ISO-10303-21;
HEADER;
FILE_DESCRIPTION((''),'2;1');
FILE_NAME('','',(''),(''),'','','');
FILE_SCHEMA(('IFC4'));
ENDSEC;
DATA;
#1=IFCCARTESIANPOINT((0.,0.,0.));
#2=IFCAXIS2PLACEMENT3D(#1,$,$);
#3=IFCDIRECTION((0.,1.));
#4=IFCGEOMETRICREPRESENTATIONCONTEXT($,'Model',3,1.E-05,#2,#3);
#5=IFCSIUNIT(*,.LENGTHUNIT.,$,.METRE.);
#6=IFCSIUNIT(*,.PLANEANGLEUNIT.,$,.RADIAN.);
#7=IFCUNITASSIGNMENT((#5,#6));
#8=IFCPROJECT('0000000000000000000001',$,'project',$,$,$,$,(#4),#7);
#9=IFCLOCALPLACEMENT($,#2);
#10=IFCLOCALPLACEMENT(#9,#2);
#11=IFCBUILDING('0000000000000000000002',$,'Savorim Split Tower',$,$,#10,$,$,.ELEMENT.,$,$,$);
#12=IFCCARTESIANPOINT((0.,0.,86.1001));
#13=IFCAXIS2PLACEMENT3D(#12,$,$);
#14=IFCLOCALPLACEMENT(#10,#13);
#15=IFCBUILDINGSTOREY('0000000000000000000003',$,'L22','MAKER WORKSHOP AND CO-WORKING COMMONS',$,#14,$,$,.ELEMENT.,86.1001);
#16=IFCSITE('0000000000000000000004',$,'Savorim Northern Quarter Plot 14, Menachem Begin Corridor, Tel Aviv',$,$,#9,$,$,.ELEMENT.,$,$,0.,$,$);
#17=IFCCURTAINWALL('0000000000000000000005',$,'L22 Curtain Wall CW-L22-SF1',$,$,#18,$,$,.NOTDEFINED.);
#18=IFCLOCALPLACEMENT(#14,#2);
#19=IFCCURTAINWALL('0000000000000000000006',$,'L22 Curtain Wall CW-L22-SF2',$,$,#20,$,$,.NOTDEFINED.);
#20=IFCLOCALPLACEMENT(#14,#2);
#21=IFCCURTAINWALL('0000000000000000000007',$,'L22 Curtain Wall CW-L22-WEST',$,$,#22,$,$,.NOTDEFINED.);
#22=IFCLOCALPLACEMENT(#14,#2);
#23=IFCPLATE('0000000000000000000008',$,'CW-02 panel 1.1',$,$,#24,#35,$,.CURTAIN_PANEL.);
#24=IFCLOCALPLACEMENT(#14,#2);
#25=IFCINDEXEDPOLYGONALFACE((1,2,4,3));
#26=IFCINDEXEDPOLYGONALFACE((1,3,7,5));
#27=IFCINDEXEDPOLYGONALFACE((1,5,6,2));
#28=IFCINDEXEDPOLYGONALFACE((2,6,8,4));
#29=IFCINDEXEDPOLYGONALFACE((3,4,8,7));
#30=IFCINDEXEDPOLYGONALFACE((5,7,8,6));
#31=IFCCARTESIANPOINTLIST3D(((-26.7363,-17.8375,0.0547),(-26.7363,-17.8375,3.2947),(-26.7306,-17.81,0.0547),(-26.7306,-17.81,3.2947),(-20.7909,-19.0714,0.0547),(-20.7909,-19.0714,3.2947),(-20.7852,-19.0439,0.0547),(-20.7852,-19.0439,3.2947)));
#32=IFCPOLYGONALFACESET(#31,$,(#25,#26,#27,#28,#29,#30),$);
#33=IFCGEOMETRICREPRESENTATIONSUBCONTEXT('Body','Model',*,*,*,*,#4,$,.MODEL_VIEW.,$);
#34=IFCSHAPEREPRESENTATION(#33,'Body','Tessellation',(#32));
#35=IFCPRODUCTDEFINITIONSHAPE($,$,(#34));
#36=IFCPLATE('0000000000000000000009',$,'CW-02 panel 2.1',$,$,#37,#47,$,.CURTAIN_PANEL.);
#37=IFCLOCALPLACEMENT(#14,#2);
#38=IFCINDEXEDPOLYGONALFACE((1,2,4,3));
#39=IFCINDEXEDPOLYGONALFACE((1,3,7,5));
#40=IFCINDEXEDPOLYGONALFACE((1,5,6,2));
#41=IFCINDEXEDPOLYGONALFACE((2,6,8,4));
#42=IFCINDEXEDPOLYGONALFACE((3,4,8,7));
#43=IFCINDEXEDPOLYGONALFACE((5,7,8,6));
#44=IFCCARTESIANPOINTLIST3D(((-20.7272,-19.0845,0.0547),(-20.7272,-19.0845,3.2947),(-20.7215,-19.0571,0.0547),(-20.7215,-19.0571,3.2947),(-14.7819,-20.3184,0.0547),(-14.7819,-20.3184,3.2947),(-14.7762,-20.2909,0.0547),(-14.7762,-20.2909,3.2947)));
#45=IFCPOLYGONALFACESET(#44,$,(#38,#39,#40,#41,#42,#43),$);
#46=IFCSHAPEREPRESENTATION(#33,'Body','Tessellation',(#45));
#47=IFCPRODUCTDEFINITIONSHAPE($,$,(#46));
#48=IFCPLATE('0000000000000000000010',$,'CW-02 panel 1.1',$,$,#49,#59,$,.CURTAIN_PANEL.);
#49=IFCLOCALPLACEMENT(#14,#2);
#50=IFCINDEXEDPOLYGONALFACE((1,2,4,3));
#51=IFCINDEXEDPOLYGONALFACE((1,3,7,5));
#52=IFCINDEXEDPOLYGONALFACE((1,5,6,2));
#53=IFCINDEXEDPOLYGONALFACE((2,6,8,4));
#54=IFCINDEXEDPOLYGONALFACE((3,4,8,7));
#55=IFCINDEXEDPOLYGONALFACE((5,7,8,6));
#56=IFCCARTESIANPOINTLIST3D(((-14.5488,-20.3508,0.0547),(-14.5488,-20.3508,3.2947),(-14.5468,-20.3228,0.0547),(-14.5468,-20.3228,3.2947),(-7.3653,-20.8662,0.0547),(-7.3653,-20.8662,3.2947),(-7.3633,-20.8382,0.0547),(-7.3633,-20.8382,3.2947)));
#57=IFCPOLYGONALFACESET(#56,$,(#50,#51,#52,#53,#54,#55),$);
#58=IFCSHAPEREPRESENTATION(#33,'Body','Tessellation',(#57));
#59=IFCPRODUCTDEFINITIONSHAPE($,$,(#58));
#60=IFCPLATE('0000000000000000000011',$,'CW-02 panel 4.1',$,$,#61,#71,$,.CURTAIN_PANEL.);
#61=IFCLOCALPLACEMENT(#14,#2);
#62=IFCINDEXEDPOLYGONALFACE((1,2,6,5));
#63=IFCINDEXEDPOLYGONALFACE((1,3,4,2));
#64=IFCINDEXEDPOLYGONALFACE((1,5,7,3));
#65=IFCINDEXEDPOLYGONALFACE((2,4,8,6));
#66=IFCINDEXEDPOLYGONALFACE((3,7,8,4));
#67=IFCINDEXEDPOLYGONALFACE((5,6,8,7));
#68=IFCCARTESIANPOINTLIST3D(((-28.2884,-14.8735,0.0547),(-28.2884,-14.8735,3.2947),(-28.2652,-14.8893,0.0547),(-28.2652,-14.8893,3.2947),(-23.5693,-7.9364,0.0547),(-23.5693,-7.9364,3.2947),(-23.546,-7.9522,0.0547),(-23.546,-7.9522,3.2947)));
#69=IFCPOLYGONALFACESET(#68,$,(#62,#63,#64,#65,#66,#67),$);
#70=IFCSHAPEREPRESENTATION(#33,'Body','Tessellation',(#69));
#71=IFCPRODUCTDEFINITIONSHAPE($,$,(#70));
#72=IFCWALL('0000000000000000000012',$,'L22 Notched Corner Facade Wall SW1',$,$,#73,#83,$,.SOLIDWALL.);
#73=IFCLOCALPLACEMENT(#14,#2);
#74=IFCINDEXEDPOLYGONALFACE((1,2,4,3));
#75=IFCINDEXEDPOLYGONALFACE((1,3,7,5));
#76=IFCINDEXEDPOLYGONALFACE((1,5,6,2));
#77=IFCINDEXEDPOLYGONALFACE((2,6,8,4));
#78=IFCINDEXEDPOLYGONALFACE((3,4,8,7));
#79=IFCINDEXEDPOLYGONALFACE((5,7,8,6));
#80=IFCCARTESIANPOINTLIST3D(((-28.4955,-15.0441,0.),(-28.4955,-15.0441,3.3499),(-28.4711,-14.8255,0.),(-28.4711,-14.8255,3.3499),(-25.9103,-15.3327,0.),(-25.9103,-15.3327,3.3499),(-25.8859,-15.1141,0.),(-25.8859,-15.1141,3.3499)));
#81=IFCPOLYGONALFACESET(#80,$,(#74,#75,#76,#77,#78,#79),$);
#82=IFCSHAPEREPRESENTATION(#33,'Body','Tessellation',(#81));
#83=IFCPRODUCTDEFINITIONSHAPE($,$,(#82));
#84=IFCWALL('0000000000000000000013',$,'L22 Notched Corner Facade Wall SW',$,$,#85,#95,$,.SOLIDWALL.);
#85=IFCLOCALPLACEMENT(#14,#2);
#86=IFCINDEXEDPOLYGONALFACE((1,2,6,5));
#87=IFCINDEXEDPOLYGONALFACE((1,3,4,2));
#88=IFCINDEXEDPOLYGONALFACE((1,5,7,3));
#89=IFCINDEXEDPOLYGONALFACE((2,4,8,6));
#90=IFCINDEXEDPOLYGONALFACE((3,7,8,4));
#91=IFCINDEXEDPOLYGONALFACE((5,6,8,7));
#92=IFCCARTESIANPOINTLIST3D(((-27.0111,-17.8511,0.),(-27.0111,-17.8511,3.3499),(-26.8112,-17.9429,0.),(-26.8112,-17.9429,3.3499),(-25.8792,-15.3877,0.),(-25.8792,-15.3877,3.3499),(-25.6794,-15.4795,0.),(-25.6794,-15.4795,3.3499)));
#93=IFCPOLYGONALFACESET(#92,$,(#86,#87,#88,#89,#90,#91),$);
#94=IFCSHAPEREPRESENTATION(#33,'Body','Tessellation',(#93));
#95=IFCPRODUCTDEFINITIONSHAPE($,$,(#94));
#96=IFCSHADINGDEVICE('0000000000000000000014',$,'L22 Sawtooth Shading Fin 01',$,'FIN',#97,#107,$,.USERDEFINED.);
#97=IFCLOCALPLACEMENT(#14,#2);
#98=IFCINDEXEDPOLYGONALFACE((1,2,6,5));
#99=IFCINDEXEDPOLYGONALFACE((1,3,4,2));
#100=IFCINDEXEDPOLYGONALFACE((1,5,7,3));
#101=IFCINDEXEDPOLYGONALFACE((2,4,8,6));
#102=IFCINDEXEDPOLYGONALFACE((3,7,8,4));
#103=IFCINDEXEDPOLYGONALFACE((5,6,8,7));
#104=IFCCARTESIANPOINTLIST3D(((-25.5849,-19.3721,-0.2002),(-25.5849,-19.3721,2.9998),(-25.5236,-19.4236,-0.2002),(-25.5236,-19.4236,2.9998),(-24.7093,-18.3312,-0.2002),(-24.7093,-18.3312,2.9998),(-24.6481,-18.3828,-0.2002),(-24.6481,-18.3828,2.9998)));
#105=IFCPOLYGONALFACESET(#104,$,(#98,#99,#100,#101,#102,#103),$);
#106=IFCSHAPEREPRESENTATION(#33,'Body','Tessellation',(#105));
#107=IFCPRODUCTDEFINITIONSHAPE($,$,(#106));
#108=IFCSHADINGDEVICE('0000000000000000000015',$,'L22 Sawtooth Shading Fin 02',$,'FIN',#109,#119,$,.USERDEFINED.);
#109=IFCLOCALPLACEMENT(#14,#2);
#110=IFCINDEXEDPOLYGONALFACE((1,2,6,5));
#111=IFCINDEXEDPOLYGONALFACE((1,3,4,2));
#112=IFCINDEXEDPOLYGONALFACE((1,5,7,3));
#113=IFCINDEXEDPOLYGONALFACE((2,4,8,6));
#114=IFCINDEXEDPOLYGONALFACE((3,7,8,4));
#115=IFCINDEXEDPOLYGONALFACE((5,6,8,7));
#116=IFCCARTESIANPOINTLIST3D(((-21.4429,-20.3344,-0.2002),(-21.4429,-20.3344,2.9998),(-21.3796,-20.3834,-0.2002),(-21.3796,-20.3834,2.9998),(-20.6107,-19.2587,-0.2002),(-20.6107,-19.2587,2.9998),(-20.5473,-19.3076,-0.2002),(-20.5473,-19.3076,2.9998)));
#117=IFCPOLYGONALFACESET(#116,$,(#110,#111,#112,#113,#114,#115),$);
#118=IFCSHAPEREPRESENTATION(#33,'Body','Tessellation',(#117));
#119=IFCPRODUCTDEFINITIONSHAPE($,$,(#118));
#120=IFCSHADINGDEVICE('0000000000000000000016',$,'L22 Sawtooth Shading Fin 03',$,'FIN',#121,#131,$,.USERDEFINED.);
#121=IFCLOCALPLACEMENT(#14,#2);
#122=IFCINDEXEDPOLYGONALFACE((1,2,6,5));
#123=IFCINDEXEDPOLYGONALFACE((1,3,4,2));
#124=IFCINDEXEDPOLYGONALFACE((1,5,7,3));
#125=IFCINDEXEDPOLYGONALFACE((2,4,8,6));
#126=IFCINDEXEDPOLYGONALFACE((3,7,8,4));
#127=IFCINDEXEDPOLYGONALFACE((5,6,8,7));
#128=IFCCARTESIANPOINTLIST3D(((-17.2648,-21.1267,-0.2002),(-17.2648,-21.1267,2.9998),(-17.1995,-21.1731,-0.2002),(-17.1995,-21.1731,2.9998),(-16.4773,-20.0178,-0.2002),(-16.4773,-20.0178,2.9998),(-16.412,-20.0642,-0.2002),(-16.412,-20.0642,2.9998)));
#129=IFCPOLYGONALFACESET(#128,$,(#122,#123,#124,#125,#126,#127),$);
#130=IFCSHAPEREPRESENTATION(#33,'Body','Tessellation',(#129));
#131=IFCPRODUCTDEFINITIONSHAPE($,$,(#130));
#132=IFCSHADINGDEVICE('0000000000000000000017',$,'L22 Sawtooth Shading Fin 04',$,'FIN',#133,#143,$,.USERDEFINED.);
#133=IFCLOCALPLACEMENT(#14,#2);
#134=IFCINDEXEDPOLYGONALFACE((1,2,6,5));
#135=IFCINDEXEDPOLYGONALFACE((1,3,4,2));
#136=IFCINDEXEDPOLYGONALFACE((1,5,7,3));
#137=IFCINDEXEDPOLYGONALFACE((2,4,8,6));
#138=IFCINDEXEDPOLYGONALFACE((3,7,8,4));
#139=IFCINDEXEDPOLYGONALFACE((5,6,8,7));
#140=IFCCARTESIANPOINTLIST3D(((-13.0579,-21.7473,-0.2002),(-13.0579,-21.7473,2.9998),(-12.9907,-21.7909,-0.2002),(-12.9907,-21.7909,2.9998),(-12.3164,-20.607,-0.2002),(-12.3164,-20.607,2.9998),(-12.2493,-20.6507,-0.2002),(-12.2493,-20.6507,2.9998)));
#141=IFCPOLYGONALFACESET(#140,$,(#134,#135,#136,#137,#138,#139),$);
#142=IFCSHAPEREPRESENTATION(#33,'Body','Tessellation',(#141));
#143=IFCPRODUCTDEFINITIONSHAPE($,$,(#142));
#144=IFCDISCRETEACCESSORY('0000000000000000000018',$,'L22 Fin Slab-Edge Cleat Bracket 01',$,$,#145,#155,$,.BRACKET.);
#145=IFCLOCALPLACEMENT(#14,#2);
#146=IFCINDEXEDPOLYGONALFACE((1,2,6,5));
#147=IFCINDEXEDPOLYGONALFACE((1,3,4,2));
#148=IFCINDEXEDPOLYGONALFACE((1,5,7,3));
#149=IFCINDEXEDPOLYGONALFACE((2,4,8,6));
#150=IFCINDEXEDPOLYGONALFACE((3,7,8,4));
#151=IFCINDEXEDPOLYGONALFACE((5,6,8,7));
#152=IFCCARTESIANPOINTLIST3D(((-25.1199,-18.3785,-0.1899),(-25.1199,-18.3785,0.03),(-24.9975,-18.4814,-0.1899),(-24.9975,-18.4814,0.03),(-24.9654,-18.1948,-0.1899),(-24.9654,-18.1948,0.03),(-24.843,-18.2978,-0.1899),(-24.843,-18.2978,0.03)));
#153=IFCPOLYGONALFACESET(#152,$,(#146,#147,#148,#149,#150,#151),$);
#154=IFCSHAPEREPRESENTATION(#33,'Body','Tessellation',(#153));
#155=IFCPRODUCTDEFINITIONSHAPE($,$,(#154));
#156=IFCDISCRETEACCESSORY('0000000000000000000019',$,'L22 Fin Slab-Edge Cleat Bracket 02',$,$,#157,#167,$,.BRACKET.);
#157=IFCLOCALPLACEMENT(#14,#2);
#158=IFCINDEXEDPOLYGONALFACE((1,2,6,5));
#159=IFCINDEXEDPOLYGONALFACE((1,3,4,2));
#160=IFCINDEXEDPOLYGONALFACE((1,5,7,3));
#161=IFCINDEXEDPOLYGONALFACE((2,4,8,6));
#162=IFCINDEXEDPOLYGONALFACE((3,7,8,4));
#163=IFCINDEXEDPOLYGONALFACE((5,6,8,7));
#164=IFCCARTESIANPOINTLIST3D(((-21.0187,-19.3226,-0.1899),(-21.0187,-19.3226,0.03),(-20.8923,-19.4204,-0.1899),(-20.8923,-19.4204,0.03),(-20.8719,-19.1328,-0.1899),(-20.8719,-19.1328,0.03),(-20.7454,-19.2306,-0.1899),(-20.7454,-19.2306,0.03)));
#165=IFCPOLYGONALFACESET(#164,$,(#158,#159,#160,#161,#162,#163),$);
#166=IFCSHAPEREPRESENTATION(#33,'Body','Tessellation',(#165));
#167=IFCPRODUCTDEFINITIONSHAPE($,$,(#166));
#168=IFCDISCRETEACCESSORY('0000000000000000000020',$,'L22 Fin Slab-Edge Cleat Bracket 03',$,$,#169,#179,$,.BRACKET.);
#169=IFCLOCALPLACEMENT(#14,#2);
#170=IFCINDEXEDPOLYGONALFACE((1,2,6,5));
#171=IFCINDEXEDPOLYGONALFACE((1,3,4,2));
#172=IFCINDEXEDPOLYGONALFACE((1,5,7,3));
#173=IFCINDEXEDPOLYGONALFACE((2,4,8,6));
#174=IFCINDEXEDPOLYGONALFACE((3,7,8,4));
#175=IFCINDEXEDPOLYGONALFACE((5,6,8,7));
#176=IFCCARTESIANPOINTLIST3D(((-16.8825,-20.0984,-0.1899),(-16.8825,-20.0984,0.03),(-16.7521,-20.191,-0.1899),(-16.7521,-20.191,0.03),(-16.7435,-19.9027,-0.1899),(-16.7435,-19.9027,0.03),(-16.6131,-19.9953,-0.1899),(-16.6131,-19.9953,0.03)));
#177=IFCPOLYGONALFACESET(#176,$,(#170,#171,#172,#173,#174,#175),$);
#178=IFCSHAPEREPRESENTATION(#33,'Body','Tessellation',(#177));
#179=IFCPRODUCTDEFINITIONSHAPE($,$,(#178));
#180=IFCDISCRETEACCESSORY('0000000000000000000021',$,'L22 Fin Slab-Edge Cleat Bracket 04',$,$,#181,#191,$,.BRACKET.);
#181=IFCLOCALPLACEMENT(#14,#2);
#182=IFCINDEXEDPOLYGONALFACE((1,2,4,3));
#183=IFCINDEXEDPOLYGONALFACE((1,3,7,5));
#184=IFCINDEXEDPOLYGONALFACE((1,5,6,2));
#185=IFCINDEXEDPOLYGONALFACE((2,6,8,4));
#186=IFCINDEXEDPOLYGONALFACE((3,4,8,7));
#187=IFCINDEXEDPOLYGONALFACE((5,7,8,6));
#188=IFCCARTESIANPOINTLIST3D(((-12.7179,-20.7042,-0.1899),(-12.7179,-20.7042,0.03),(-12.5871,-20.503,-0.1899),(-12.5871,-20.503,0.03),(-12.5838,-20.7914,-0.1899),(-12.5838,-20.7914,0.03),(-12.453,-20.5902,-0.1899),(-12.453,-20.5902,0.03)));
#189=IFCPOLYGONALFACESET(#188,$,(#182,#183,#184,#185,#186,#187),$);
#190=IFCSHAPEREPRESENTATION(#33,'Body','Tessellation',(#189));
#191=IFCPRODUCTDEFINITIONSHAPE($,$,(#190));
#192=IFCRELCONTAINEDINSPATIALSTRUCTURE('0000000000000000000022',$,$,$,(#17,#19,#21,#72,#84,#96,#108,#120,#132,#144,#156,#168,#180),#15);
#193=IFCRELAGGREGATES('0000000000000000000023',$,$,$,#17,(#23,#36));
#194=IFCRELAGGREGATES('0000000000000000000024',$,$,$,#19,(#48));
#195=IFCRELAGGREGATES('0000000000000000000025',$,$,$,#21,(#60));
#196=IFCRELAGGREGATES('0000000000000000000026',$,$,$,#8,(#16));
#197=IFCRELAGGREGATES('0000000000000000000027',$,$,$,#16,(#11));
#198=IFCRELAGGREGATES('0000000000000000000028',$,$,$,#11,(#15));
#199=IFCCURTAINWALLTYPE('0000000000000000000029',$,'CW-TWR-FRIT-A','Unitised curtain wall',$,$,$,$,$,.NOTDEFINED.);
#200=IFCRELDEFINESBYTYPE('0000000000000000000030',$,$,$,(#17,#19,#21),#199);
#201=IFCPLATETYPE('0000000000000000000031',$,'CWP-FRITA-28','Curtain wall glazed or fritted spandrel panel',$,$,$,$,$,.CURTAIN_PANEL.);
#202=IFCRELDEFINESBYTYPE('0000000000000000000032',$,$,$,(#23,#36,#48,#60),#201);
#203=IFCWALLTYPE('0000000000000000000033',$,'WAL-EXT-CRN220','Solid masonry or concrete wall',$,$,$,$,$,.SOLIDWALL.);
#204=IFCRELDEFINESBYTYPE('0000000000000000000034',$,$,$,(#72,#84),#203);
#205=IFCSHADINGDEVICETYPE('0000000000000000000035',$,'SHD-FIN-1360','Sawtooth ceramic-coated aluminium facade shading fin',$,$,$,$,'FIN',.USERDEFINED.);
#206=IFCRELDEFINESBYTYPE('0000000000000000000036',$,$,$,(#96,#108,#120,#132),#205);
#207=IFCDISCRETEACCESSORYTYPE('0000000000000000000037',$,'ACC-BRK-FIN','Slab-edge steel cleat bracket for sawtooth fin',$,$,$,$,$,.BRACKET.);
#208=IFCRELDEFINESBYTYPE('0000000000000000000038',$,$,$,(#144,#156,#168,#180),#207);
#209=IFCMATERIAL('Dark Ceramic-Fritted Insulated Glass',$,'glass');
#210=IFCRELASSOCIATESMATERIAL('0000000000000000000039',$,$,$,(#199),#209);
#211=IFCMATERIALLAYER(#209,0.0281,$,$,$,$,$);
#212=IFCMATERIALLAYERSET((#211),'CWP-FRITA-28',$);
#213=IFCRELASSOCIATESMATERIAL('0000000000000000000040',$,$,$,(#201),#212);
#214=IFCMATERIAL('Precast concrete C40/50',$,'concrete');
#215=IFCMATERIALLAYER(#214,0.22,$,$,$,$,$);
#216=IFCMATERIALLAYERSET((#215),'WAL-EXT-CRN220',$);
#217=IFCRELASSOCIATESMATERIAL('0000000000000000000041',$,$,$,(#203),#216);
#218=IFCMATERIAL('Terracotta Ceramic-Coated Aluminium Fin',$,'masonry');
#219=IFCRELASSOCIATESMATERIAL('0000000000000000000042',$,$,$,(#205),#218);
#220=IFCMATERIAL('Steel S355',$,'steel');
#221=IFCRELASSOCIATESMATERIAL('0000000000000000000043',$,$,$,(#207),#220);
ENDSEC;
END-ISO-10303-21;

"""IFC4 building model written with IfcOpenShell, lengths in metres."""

from ifc_helpers import new_model, si_unit, direction, frame, frame_2d, origin, origin_2d, place, context, subcontext, project, spatial, rectangle, extrude, material, layer, layer_set, type_object, element, aggregate, save


model = new_model("IFC4")

# Units and contexts
model_context = context("Model", 3, precision=1e-05, world=origin(), true_north=direction((0.0, 1.0)))
body_context = subcontext(model_context, "Body", "Model", "MODEL_VIEW")
ifc_project = project(units=[si_unit("LENGTHUNIT", "METRE"), si_unit("PLANEANGLEUNIT", "RADIAN")], contexts=[model_context])

# Site, building, storey
site_placement = place(None, origin())
site = spatial("IfcSite", under=ifc_project, at=site_placement, Name="Savorim Northern Quarter Plot 14, Menachem Begin Corridor, Tel Aviv", CompositionType="ELEMENT", RefElevation=0.0)
building_placement = place(site_placement, origin())
building = spatial("IfcBuilding", under=site, at=building_placement, Name="Savorim Split Tower", CompositionType="ELEMENT")
storey_placement = place(building_placement, frame((0.0, 0.0, 86.1001)))
storey = spatial("IfcBuildingStorey", under=building, at=storey_placement, Name="L22", Description="MAKER WORKSHOP AND CO-WORKING COMMONS", CompositionType="ELEMENT", Elevation=86.1001)

# Shared definitions
ifc_material_1 = material(Name="Steel S355", Category="steel")

# Curtain wall
ifc_material_2 = material(Name="Dark Ceramic-Fritted Insulated Glass", Category="glass")
curtain_wall_type = type_object("IfcCurtainWallType", Name="CW-TWR-FRIT-A", Description="Unitised curtain wall", PredefinedType="NOTDEFINED", material=ifc_material_2)
curtain_wall_1_placement = place(storey_placement, origin())
curtain_wall_1 = element("IfcCurtainWall", 1, at=curtain_wall_1_placement, inside=storey, type_object=curtain_wall_type, Name="L22 Curtain Wall CW-L22-SF1", PredefinedType="NOTDEFINED")

# Curtain wall
curtain_wall_2_placement = place(storey_placement, origin())
curtain_wall_2 = element("IfcCurtainWall", 2, at=curtain_wall_2_placement, inside=storey, type_object=curtain_wall_type, Name="L22 Curtain Wall CW-L22-SF2", PredefinedType="NOTDEFINED")

# Curtain wall
curtain_wall_3_placement = place(storey_placement, origin())
curtain_wall_3 = element("IfcCurtainWall", 3, at=curtain_wall_3_placement, inside=storey, type_object=curtain_wall_type, Name="L22 Curtain Wall CW-L22-WEST", PredefinedType="NOTDEFINED")

# Plates
ifc_layer_1 = layer(ifc_material_2, 0.0281)
ifc_layer_set_1 = layer_set([ifc_layer_1], Name="CWP-FRITA-28")
plate_type = type_object("IfcPlateType", Name="CWP-FRITA-28", Description="Curtain wall glazed or fritted spandrel panel", PredefinedType="CURTAIN_PANEL", material=ifc_layer_set_1)
plate_1_placement = place(storey_placement, frame((-23.7607, -18.4407, 0.0547), z_axis=(0.0, 0.0, 1.0), x_axis=(0.979135, -0.20321, 0.0)))
plate_1 = element("IfcPlate", 4, at=plate_1_placement, type_object=plate_type, Name="CW-02 panel 1.1", PredefinedType="CURTAIN_PANEL", context=body_context, shape_type="SweptSolid", body=[
    extrude(rectangle(XDim=6.072, YDim=0.0281, at=origin_2d()), origin(), (0.0, 0.0, 1.0), 3.24),
])
plate_2_placement = place(storey_placement, frame((-17.7517, -19.6877, 0.0547), z_axis=(0.0, 0.0, 1.0), x_axis=(0.979135, -0.20321, 0.0)))
plate_2 = element("IfcPlate", 5, at=plate_2_placement, type_object=plate_type, Name="CW-02 panel 2.1", PredefinedType="CURTAIN_PANEL", context=body_context, shape_type="SweptSolid", body=[
    extrude(rectangle(XDim=6.072, YDim=0.0281, at=origin_2d()), origin(), (0.0, 0.0, 1.0), 3.24),
])
aggregate(curtain_wall_1, [plate_1, plate_2])
plate_3_placement = place(storey_placement, frame((-10.9561, -20.5945, 0.0547), z_axis=(0.0, 0.0, 1.0), x_axis=(0.997436, -0.071561, 0.0)))
plate_3 = element("IfcPlate", 6, at=plate_3_placement, type_object=plate_type, Name="CW-02 panel 1.1", PredefinedType="CURTAIN_PANEL", context=body_context, shape_type="SweptSolid", body=[
    extrude(rectangle(XDim=7.2019, YDim=0.0281, at=origin_2d()), origin(), (0.0, 0.0, 1.0), 3.24),
])
aggregate(curtain_wall_2, [plate_3])
plate_4_placement = place(storey_placement, frame((-25.9172, -11.4128, 0.0547), z_axis=(0.0, 0.0, 1.0), x_axis=(-0.562468, -0.826819, 0.0)))
plate_4 = element("IfcPlate", 7, at=plate_4_placement, type_object=plate_type, Name="CW-02 panel 4.1", PredefinedType="CURTAIN_PANEL", context=body_context, shape_type="SweptSolid", body=[
    extrude(rectangle(XDim=8.3901, YDim=0.0281, at=origin_2d()), origin(), (0.0, 0.0, 1.0), 3.24),
])
aggregate(curtain_wall_3, [plate_4])

# Walls
ifc_material_3 = material(Name="Precast concrete C40/50", Category="concrete")
ifc_layer_2 = layer(ifc_material_3, 0.22)
ifc_layer_set_2 = layer_set([ifc_layer_2], Name="WAL-EXT-CRN220")
wall_type = type_object("IfcWallType", Name="WAL-EXT-CRN220", Description="Solid masonry or concrete wall", PredefinedType="SOLIDWALL", material=ifc_layer_set_2)
wall_1_placement = place(storey_placement, frame((-25.8979, -15.2234, 0.0), z_axis=(0.0, 0.0, 1.0), x_axis=(-0.993828, 0.110936, 0.0)))
element("IfcWall", 8, at=wall_1_placement, inside=storey, type_object=wall_type, Name="L22 Notched Corner Facade Wall SW1", PredefinedType="SOLIDWALL", context=body_context, shape_type="SweptSolid", body=[
    extrude(rectangle(XDim=2.6013, YDim=0.22, at=frame_2d((1.3008, 0.0))), origin(), (0.0, 0.0, 1.0), 3.3499),
])
wall_2_placement = place(storey_placement, frame((-26.9111, -17.897, 0.0), z_axis=(0.0, 0.0, 1.0), x_axis=(0.417504, 0.908675, 0.0)))
element("IfcWall", 9, at=wall_2_placement, inside=storey, type_object=wall_type, Name="L22 Notched Corner Facade Wall SW", PredefinedType="SOLIDWALL", context=body_context, shape_type="SweptSolid", body=[
    extrude(rectangle(XDim=2.7109, YDim=0.22, at=frame_2d((1.3555, 0.0))), origin(), (0.0, 0.0, 1.0), 3.3499),
])

# Shading devices
ifc_material_4 = material(Name="Terracotta Ceramic-Coated Aluminium Fin", Category="masonry")
shading_device_type = type_object("IfcShadingDeviceType", Name="SHD-FIN-1360", Description="Sawtooth ceramic-coated aluminium facade shading fin", ElementType="FIN", PredefinedType="USERDEFINED", material=ifc_material_4)
for number, where, z_axis, x_axis, name in (
    (10, (-25.1165, -18.8774, -0.2002), (0.0, 0.0, 1.0), (-0.643719, -0.765262, 0.0), "L22 Sawtooth Shading Fin 01"),
    (11, (-20.9951, -19.821, -0.2002), (0.0, 0.0, 1.0), (-0.611868, -0.79096, 0.0), "L22 Sawtooth Shading Fin 02"),
    (12, (-16.8384, -20.5955, -0.2002), (0.0, 0.0, 1.0), (-0.578994, -0.815332, 0.0), "L22 Sawtooth Shading Fin 03"),
    (13, (-12.6536, -21.199, -0.2002), (0.0, 0.0, 1.0), (-0.545148, -0.83834, 0.0), "L22 Sawtooth Shading Fin 04"),
):
    element("IfcShadingDevice", number, at=place(storey_placement, frame(where, z_axis=z_axis, x_axis=x_axis)), inside=storey, type_object=shading_device_type, Name=name, ObjectType="FIN", PredefinedType="USERDEFINED", context=body_context, shape_type="SweptSolid", body=[
        extrude(rectangle(XDim=1.3601, YDim=0.0801, at=origin_2d()), origin(), (0.0, 0.0, 1.0), 3.2),
    ])

# Discrete accessories
discrete_accessory_type = type_object("IfcDiscreteAccessoryType", Name="ACC-BRK-FIN", Description="Slab-edge steel cleat bracket for sawtooth fin", PredefinedType="BRACKET", material=ifc_material_1)
for number, where, z_axis, x_axis, name in (
    (14, (-24.9814, -18.3381, -0.1899), (0.0, 0.0, 1.0), (-0.643719, -0.765262, 0.0), "L22 Fin Slab-Edge Cleat Bracket 01"),
    (15, (-20.8821, -19.2766, -0.1899), (0.0, 0.0, 1.0), (-0.611868, -0.79096, 0.0), "L22 Fin Slab-Edge Cleat Bracket 02"),
    (16, (-16.7478, -20.0469, -0.1899), (0.0, 0.0, 1.0), (-0.578994, -0.815332, 0.0), "L22 Fin Slab-Edge Cleat Bracket 03"),
    (17, (-12.5854, -20.6472, -0.1899), (0.0, 0.0, 1.0), (-0.545148, -0.83834, 0.0), "L22 Fin Slab-Edge Cleat Bracket 04"),
):
    element("IfcDiscreteAccessory", number, at=place(storey_placement, frame(where, z_axis=z_axis, x_axis=x_axis)), inside=storey, type_object=discrete_accessory_type, Name=name, PredefinedType="BRACKET", context=body_context, shape_type="SweptSolid", body=[
        extrude(rectangle(XDim=0.24, YDim=0.1599, at=origin_2d()), origin(), (0.0, 0.0, 1.0), 0.22),
    ])

save(model, "model.ifc")
